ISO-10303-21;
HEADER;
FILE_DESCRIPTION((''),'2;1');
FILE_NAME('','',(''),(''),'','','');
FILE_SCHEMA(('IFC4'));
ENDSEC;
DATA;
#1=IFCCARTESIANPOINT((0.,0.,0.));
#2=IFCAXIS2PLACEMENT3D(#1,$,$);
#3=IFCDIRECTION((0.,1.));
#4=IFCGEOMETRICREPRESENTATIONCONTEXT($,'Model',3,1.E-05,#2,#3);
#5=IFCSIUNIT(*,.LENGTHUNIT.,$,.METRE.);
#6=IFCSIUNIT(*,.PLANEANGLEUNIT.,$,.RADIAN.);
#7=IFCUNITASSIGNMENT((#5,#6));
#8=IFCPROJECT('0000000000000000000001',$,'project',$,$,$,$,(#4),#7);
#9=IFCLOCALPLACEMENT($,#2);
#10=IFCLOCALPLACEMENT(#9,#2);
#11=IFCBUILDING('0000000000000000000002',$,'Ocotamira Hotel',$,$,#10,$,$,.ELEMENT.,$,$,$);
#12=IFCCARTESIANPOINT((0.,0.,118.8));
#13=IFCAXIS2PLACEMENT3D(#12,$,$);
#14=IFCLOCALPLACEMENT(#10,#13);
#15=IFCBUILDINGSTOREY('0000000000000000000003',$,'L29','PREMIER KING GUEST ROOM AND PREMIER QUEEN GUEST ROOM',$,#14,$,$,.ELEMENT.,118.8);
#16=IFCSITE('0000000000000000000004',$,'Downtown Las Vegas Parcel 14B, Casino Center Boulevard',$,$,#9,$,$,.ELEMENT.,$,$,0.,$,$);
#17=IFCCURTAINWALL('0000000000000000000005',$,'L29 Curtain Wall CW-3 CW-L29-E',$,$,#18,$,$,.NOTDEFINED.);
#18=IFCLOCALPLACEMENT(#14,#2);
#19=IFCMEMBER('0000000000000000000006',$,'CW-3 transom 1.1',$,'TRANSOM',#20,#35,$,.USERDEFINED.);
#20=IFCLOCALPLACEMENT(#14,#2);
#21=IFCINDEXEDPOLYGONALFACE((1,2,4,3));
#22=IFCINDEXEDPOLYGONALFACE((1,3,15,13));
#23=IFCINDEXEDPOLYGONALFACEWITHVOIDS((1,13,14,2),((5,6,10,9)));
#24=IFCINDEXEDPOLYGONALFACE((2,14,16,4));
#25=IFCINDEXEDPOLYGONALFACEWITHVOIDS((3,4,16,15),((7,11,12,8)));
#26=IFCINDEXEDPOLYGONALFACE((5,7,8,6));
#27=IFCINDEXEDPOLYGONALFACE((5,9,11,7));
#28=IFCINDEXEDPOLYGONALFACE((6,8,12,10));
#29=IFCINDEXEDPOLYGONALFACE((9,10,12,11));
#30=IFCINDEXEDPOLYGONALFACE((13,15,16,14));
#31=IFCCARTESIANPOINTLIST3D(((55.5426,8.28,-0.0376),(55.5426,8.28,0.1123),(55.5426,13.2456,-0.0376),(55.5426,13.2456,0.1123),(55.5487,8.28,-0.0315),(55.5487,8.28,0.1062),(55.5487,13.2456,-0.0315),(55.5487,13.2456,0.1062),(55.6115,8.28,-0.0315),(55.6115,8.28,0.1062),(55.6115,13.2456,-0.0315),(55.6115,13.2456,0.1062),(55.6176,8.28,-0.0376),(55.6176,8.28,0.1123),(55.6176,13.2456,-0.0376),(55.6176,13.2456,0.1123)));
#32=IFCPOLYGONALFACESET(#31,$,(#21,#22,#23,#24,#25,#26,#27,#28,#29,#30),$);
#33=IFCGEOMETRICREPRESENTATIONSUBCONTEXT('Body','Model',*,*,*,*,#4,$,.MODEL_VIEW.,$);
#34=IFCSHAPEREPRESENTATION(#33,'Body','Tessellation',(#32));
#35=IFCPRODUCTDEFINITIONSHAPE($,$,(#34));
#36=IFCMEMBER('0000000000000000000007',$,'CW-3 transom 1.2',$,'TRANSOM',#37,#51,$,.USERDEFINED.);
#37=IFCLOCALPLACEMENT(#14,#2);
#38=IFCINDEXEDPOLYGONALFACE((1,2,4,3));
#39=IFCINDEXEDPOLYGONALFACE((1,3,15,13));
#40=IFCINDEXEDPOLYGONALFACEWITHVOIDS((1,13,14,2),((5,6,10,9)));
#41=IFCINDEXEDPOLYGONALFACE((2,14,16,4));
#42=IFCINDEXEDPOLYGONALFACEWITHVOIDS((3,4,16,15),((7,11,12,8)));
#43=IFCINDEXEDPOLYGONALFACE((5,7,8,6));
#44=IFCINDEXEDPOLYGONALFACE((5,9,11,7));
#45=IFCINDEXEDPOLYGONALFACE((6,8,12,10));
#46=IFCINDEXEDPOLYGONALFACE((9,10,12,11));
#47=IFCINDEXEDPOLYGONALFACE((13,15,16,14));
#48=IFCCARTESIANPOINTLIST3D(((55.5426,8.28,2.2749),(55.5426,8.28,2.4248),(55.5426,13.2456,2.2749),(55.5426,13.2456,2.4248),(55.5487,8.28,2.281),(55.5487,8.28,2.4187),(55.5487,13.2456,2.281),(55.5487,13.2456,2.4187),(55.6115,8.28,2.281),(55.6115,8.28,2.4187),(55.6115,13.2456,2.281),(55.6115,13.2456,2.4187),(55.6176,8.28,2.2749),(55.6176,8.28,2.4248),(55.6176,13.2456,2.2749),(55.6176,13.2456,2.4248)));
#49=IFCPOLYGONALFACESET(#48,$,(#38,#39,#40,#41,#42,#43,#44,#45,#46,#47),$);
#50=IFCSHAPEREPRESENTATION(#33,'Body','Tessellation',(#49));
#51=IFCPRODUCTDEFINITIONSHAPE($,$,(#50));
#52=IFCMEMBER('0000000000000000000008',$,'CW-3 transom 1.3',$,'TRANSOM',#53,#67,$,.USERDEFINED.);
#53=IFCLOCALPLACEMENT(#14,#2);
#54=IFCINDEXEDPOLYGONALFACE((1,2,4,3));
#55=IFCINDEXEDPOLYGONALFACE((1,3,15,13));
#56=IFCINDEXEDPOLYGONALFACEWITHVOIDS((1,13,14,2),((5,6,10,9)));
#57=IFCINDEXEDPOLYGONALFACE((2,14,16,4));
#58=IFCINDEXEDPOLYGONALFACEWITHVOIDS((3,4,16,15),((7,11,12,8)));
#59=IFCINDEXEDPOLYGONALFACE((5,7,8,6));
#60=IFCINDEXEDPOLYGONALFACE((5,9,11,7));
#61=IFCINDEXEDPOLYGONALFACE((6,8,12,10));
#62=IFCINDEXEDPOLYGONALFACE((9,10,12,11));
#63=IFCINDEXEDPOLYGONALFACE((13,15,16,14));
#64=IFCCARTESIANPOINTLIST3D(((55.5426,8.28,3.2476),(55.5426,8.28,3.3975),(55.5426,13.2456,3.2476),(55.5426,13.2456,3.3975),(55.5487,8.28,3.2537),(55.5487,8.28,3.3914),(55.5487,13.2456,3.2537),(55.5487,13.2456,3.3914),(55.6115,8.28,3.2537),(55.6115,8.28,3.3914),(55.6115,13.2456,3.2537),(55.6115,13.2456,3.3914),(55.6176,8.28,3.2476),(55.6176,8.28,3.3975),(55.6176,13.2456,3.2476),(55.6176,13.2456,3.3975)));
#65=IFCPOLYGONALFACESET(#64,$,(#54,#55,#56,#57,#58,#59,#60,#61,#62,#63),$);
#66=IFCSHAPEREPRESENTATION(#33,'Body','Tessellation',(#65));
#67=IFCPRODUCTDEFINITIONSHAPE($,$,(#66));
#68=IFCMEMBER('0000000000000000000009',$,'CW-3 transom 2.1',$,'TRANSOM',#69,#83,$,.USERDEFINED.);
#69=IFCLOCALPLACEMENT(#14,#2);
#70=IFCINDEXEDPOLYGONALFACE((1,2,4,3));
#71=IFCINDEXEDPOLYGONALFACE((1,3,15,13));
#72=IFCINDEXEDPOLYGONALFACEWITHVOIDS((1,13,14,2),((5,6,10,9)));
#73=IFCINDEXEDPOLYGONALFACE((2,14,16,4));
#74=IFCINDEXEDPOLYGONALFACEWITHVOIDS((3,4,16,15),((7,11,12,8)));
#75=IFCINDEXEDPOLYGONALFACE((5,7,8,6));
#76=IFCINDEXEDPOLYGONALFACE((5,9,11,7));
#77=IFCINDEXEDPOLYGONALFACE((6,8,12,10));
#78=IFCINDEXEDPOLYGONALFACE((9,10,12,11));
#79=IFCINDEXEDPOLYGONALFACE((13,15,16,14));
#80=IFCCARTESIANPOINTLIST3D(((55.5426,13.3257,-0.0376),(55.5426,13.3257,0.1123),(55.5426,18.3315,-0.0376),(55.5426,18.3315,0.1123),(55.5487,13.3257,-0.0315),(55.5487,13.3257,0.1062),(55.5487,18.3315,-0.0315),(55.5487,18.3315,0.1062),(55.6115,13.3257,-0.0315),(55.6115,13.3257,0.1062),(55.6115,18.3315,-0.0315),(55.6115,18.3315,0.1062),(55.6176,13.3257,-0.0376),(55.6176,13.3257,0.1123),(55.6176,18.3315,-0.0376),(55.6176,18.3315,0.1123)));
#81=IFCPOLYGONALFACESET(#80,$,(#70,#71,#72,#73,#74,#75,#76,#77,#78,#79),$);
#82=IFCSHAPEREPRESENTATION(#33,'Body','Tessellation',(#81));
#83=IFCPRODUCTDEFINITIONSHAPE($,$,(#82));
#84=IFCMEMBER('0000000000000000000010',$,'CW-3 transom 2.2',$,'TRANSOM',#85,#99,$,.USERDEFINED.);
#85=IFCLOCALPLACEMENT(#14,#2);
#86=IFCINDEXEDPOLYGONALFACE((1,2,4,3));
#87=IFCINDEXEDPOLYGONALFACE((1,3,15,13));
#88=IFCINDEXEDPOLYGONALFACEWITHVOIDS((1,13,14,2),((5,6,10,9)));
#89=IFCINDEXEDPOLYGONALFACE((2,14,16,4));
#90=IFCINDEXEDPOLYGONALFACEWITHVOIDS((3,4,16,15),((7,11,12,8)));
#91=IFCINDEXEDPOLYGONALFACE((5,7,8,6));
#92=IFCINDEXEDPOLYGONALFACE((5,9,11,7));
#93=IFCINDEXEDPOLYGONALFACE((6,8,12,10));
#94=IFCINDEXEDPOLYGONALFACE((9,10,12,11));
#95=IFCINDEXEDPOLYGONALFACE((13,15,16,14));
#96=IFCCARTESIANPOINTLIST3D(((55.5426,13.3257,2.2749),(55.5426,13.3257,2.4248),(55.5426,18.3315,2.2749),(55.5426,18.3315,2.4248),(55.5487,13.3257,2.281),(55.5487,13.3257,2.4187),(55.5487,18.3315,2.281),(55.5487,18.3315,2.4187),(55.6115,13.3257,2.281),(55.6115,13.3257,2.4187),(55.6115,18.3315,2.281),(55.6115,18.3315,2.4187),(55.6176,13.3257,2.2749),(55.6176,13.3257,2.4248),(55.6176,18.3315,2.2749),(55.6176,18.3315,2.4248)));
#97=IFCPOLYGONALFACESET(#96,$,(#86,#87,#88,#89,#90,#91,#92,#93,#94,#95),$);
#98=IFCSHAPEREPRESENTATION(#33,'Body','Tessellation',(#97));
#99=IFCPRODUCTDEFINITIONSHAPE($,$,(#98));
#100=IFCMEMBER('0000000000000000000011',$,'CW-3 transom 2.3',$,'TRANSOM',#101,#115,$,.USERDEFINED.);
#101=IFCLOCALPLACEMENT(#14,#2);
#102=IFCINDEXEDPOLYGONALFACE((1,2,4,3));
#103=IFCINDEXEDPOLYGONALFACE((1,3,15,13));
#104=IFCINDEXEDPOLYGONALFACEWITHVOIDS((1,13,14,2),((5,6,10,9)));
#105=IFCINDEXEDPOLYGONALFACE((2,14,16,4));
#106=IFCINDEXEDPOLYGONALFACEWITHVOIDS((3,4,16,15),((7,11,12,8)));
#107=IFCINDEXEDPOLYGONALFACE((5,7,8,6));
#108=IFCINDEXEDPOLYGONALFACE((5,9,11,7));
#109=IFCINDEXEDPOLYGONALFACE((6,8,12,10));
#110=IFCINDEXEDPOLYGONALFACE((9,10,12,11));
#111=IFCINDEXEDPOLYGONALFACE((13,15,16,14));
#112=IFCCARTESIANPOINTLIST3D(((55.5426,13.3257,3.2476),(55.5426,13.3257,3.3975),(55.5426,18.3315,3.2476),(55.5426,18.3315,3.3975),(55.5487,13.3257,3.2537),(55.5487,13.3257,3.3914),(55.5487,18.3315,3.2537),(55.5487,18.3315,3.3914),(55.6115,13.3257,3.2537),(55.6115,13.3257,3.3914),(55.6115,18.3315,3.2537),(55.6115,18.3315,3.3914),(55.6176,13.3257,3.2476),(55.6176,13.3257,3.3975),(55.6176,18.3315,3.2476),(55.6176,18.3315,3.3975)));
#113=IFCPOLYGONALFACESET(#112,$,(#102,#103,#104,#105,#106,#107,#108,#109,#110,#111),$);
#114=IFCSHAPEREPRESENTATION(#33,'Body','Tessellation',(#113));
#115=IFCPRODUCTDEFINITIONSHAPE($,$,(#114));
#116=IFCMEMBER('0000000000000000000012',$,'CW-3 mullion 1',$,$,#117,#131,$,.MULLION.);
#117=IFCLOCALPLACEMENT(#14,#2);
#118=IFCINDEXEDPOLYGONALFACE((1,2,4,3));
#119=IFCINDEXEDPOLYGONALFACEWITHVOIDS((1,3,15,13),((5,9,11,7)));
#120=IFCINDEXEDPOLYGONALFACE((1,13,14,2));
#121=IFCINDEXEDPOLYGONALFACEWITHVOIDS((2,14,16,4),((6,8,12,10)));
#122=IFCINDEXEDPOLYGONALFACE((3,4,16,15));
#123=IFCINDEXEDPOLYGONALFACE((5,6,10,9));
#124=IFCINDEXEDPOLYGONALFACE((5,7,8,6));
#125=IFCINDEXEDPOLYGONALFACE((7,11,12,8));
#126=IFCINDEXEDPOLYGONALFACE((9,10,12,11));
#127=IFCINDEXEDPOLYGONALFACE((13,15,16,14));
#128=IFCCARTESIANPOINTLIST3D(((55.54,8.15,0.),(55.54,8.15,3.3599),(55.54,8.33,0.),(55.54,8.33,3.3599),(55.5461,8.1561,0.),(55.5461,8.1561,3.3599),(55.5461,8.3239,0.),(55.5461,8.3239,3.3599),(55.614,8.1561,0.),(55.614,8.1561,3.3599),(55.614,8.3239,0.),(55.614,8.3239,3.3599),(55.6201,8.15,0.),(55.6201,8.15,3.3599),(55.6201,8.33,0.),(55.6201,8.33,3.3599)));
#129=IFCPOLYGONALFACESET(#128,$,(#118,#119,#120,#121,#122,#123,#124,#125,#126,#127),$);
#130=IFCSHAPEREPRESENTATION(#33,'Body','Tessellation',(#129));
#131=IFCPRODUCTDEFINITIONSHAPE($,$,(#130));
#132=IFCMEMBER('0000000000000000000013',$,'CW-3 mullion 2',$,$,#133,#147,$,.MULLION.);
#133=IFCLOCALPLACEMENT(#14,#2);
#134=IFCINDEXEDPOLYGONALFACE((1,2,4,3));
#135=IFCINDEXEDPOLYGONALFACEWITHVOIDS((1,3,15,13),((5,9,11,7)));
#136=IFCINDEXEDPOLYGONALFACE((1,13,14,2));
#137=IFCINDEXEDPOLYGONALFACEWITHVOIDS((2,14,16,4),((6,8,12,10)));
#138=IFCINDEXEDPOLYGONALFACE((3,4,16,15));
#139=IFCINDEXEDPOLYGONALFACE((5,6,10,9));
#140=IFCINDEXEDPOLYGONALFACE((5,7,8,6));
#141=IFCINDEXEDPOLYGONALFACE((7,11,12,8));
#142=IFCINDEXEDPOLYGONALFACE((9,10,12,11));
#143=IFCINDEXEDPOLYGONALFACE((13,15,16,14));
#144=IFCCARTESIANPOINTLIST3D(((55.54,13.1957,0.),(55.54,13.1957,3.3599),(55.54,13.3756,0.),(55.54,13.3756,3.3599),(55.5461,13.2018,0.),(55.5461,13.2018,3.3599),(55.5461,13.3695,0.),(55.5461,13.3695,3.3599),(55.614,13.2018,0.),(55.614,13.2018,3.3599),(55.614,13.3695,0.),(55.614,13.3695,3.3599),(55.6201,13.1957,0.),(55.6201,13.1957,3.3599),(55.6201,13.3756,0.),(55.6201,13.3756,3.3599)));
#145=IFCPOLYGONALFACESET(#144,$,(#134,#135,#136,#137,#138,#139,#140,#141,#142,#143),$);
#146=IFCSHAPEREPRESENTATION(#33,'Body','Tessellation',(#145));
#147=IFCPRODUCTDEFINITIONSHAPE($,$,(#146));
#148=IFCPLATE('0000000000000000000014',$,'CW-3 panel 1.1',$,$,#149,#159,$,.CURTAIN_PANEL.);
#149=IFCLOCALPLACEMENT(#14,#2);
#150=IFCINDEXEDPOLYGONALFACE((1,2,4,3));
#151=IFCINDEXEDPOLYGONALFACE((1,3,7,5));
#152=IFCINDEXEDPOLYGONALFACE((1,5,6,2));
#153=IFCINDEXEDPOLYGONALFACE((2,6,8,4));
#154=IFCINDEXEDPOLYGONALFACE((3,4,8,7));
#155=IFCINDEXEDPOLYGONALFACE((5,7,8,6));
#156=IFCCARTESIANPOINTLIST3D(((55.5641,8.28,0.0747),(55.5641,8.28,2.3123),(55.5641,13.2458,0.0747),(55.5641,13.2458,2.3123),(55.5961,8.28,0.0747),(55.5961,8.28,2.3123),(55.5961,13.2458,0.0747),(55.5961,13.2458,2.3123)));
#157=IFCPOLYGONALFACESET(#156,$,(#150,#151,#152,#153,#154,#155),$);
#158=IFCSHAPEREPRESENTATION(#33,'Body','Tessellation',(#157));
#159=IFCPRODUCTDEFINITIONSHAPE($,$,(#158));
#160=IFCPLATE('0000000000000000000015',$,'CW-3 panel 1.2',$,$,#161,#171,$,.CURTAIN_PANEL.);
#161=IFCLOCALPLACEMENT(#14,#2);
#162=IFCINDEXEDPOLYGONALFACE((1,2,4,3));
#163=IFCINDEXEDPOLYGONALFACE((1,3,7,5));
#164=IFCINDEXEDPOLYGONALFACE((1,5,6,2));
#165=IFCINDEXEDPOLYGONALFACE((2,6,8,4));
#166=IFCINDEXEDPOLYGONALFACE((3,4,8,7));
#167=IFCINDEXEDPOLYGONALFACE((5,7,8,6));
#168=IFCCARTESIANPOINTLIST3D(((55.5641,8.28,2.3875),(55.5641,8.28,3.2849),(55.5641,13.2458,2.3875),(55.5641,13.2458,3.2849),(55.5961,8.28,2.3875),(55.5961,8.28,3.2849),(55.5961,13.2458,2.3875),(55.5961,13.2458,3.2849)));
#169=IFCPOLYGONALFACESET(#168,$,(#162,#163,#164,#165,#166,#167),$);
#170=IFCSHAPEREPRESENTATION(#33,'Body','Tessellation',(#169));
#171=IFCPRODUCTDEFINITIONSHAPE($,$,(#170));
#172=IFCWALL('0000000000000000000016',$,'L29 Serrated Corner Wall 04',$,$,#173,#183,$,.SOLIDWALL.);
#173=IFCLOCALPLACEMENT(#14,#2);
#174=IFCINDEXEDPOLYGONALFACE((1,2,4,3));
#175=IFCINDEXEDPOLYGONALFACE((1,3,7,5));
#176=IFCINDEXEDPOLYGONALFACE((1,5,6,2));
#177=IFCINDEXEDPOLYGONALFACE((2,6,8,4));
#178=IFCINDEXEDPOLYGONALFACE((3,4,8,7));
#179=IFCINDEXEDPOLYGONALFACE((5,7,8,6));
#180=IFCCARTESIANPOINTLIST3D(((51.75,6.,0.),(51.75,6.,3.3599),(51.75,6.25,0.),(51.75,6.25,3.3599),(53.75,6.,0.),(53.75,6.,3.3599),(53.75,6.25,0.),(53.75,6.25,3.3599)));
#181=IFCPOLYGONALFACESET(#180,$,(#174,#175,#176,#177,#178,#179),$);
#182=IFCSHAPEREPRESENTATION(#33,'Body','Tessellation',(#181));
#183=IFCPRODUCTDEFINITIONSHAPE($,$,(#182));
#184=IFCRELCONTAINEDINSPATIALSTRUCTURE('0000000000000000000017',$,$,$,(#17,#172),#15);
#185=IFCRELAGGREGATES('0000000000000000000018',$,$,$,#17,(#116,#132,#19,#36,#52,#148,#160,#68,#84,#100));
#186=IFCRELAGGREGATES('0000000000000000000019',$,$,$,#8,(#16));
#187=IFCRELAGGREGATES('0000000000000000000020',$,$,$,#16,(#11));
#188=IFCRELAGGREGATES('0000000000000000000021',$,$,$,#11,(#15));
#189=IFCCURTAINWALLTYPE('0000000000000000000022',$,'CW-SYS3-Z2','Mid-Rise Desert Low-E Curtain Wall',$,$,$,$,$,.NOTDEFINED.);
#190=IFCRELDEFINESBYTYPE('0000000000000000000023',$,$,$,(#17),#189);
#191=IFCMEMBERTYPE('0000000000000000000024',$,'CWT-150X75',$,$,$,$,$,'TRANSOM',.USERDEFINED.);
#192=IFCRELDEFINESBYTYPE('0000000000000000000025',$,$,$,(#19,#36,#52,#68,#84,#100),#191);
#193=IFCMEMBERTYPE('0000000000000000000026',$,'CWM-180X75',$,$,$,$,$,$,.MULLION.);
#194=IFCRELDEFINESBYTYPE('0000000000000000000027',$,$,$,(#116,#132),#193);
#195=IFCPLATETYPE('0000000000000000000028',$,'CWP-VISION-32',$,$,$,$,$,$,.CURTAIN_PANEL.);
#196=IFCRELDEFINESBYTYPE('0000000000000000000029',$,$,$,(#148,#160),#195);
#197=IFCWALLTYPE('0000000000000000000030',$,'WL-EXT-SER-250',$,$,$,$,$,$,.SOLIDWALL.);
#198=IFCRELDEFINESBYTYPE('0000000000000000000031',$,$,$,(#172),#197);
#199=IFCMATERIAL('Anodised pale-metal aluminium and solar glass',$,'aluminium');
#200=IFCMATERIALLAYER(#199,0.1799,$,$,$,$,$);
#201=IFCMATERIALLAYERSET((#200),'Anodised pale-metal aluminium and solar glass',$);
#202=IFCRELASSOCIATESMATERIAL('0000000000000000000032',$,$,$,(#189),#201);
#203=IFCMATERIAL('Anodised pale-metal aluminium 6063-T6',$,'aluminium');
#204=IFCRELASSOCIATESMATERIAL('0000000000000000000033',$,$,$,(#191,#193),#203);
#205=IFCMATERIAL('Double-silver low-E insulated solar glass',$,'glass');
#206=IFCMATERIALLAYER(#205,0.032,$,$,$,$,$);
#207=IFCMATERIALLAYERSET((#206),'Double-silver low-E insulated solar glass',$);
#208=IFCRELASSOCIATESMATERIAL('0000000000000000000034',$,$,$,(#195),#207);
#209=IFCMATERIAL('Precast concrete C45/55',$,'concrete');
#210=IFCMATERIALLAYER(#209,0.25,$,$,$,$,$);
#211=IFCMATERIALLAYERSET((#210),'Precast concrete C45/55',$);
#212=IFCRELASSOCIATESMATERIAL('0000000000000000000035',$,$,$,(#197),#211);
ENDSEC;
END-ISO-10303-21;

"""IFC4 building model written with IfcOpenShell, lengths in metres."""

from ifc_helpers import new_model, si_unit, direction, frame, frame_2d, origin, origin_2d, place, context, subcontext, project, spatial, rectangle, hollow_rectangle, extrude, source, transform, mapped, material, layer, layer_set, material_profile, profile_set, type_object, element, aggregate, save


model = new_model("IFC4")

# Units and contexts
model_context = context("Model", 3, precision=1e-05, world=origin(), true_north=direction((0.0, 1.0)))
body_context = subcontext(model_context, "Body", "Model", "MODEL_VIEW")
ifc_project = project(units=[si_unit("LENGTHUNIT", "METRE"), si_unit("PLANEANGLEUNIT", "RADIAN")], contexts=[model_context])

# Site, building, storey
site_placement = place(None, origin())
site = spatial("IfcSite", under=ifc_project, at=site_placement, Name="Downtown Las Vegas Parcel 14B, Casino Center Boulevard", CompositionType="ELEMENT", RefElevation=0.0)
building_placement = place(site_placement, origin())
building = spatial("IfcBuilding", under=site, at=building_placement, Name="Ocotamira Hotel", CompositionType="ELEMENT")
storey_placement = place(building_placement, frame((0.0, 0.0, 118.8)))
storey = spatial("IfcBuildingStorey", under=building, at=storey_placement, Name="L29", Description="PREMIER KING GUEST ROOM AND PREMIER QUEEN GUEST ROOM", CompositionType="ELEMENT", Elevation=118.8)

# Curtain wall, members, plates
ifc_material_1 = material(Name="Anodised pale-metal aluminium and solar glass", Category="aluminium")
ifc_layer_1 = layer(ifc_material_1, 0.1799)
ifc_layer_set_1 = layer_set([ifc_layer_1], Name="Anodised pale-metal aluminium and solar glass")
curtain_wall_type = type_object("IfcCurtainWallType", Name="CW-SYS3-Z2", Description="Mid-Rise Desert Low-E Curtain Wall", PredefinedType="NOTDEFINED", material=ifc_layer_set_1)
curtain_wall_placement = place(storey_placement, origin())
curtain_wall = element("IfcCurtainWall", 1, at=curtain_wall_placement, inside=storey, type_object=curtain_wall_type, Name="L29 Curtain Wall CW-3 CW-L29-E", PredefinedType="NOTDEFINED")
ifc_material_2 = material(Name="Anodised pale-metal aluminium 6063-T6", Category="aluminium")
ifc_material_profile_1 = material_profile(ifc_material_2, hollow_rectangle(XDim=0.075, YDim=0.1499, WallThickness=0.0061, at=origin_2d()), Name="HSS150X75X6")
ifc_profile_set_1 = profile_set([ifc_material_profile_1], Name="Anodised pale-metal aluminium 6063-T6")
member_type_1 = type_object("IfcMemberType", Name="CWT-150X75", ElementType="TRANSOM", PredefinedType="USERDEFINED", material=ifc_profile_set_1)
shared_shape_1 = source(origin(), body_context, "Body", "SweptSolid", [
    extrude(hollow_rectangle(XDim=0.075, YDim=0.1499, WallThickness=0.0061, at=origin_2d()), origin(), (0.0, 0.0, 1.0), 4.9656),
])
member_1_placement = place(storey_placement, frame((55.5801, 8.28, 0.0374), z_axis=(0.0, 1.0, 0.0), x_axis=(-1.0, 0.0, 0.0)))
member_1 = element("IfcMember", 2, at=member_1_placement, type_object=member_type_1, Name="CW-3 transom 1.1", ObjectType="TRANSOM", PredefinedType="USERDEFINED", context=body_context, shape_type="MappedRepresentation", body=[
    mapped(shared_shape_1, transform((0.0, 0.0, 0.0), scale=1.0)),
])
member_2_placement = place(storey_placement, frame((55.5801, 8.28, 2.3499), z_axis=(0.0, 1.0, 0.0), x_axis=(-1.0, 0.0, 0.0)))
member_2 = element("IfcMember", 3, at=member_2_placement, type_object=member_type_1, Name="CW-3 transom 1.2", ObjectType="TRANSOM", PredefinedType="USERDEFINED", context=body_context, shape_type="MappedRepresentation", body=[
    mapped(shared_shape_1, transform((0.0, 0.0, 0.0), scale=1.0)),
])
member_3_placement = place(storey_placement, frame((55.5801, 8.28, 3.3225), z_axis=(0.0, 1.0, 0.0), x_axis=(-1.0, 0.0, 0.0)))
member_3 = element("IfcMember", 4, at=member_3_placement, type_object=member_type_1, Name="CW-3 transom 1.3", ObjectType="TRANSOM", PredefinedType="USERDEFINED", context=body_context, shape_type="MappedRepresentation", body=[
    mapped(shared_shape_1, transform((0.0, 0.0, 0.0), scale=1.0)),
])
shared_shape_2 = source(origin(), body_context, "Body", "SweptSolid", [
    extrude(hollow_rectangle(XDim=0.075, YDim=0.1499, WallThickness=0.0061, at=origin_2d()), origin(), (0.0, 0.0, 1.0), 5.0059),
])
member_4_placement = place(storey_placement, frame((55.5801, 13.3257, 0.0374), z_axis=(0.0, 1.0, 0.0), x_axis=(-1.0, 0.0, 0.0)))
member_4 = element("IfcMember", 5, at=member_4_placement, type_object=member_type_1, Name="CW-3 transom 2.1", ObjectType="TRANSOM", PredefinedType="USERDEFINED", context=body_context, shape_type="MappedRepresentation", body=[
    mapped(shared_shape_2, transform((0.0, 0.0, 0.0), scale=1.0)),
])
member_5_placement = place(storey_placement, frame((55.5801, 13.3257, 2.3499), z_axis=(0.0, 1.0, 0.0), x_axis=(-1.0, 0.0, 0.0)))
member_5 = element("IfcMember", 6, at=member_5_placement, type_object=member_type_1, Name="CW-3 transom 2.2", ObjectType="TRANSOM", PredefinedType="USERDEFINED", context=body_context, shape_type="MappedRepresentation", body=[
    mapped(shared_shape_2, transform((0.0, 0.0, 0.0), scale=1.0)),
])
member_6_placement = place(storey_placement, frame((55.5801, 13.3257, 3.3225), z_axis=(0.0, 1.0, 0.0), x_axis=(-1.0, 0.0, 0.0)))
member_6 = element("IfcMember", 7, at=member_6_placement, type_object=member_type_1, Name="CW-3 transom 2.3", ObjectType="TRANSOM", PredefinedType="USERDEFINED", context=body_context, shape_type="MappedRepresentation", body=[
    mapped(shared_shape_2, transform((0.0, 0.0, 0.0), scale=1.0)),
])
ifc_material_profile_2 = material_profile(ifc_material_2, hollow_rectangle(XDim=0.0801, YDim=0.1799, WallThickness=0.0061, at=origin_2d()), Name="HSS180X80X6")
ifc_profile_set_2 = profile_set([ifc_material_profile_2], Name="Anodised pale-metal aluminium 6063-T6")
member_type_2 = type_object("IfcMemberType", Name="CWM-180X75", PredefinedType="MULLION", material=ifc_profile_set_2)
shared_shape_3 = source(origin(), body_context, "Body", "SweptSolid", [
    extrude(hollow_rectangle(XDim=0.0801, YDim=0.1799, WallThickness=0.0061, at=origin_2d()), origin(), (0.0, 0.0, 1.0), 3.3599),
])
member_7_placement = place(storey_placement, frame((55.5801, 8.24, 0.0), z_axis=(0.0, 0.0, 1.0), x_axis=(-1.0, 0.0, 0.0)))
member_7 = element("IfcMember", 8, at=member_7_placement, type_object=member_type_2, Name="CW-3 mullion 1", PredefinedType="MULLION", context=body_context, shape_type="MappedRepresentation", body=[
    mapped(shared_shape_3, transform((0.0, 0.0, 0.0), scale=1.0)),
])
member_8_placement = place(storey_placement, frame((55.5801, 13.2856, 0.0), z_axis=(0.0, 0.0, 1.0), x_axis=(-1.0, 0.0, 0.0)))
member_8 = element("IfcMember", 9, at=member_8_placement, type_object=member_type_2, Name="CW-3 mullion 2", PredefinedType="MULLION", context=body_context, shape_type="MappedRepresentation", body=[
    mapped(shared_shape_3, transform((0.0, 0.0, 0.0), scale=1.0)),
])
ifc_material_3 = material(Name="Double-silver low-E insulated solar glass", Category="glass")
ifc_layer_2 = layer(ifc_material_3, 0.032)
ifc_layer_set_2 = layer_set([ifc_layer_2], Name="Double-silver low-E insulated solar glass")
plate_type = type_object("IfcPlateType", Name="CWP-VISION-32", PredefinedType="CURTAIN_PANEL", material=ifc_layer_set_2)
shared_shape_4 = source(origin(), body_context, "Body", "SweptSolid", [
    extrude(rectangle(XDim=4.9658, YDim=0.032, at=origin_2d()), origin(), (0.0, 0.0, 1.0), 2.2375),
])
plate_1_placement = place(storey_placement, frame((55.5801, 10.7629, 0.0747), z_axis=(0.0, 0.0, 1.0), x_axis=(0.0, 1.0, 0.0)))
plate_1 = element("IfcPlate", 10, at=plate_1_placement, type_object=plate_type, Name="CW-3 panel 1.1", PredefinedType="CURTAIN_PANEL", context=body_context, shape_type="MappedRepresentation", body=[
    mapped(shared_shape_4, transform((0.0, 0.0, 0.0), scale=1.0)),
])
shared_shape_5 = source(origin(), body_context, "Body", "SweptSolid", [
    extrude(rectangle(XDim=4.9658, YDim=0.032, at=origin_2d()), origin(), (0.0, 0.0, 1.0), 0.8975),
])
plate_2_placement = place(storey_placement, frame((55.5801, 10.7629, 2.3875), z_axis=(0.0, 0.0, 1.0), x_axis=(0.0, 1.0, 0.0)))
plate_2 = element("IfcPlate", 11, at=plate_2_placement, type_object=plate_type, Name="CW-3 panel 1.2", PredefinedType="CURTAIN_PANEL", context=body_context, shape_type="MappedRepresentation", body=[
    mapped(shared_shape_5, transform((0.0, 0.0, 0.0), scale=1.0)),
])
aggregate(curtain_wall, [member_7, member_8, member_1, member_2, member_3, plate_1, plate_2, member_4, member_5, member_6])

# Wall
ifc_material_4 = material(Name="Precast concrete C45/55", Category="concrete")
ifc_layer_3 = layer(ifc_material_4, 0.25)
ifc_layer_set_3 = layer_set([ifc_layer_3], Name="Precast concrete C45/55")
wall_type_1 = type_object("IfcWallType", Name="WL-EXT-SER-250", PredefinedType="SOLIDWALL", material=ifc_layer_set_3)
wall_1_placement = place(storey_placement, frame((51.75, 6.125, 0.0), z_axis=(0.0, 0.0, 1.0), x_axis=(1.0, 0.0, 0.0)))
element("IfcWall", 12, at=wall_1_placement, inside=storey, type_object=wall_type_1, Name="L29 Serrated Corner Wall 04", PredefinedType="SOLIDWALL", context=body_context, shape_type="SweptSolid", body=[
    extrude(rectangle(XDim=2.0, YDim=0.25, at=frame_2d((1.0, 0.0))), origin(), (0.0, 0.0, 1.0), 3.3599),
])

save(model, "model.ifc")
